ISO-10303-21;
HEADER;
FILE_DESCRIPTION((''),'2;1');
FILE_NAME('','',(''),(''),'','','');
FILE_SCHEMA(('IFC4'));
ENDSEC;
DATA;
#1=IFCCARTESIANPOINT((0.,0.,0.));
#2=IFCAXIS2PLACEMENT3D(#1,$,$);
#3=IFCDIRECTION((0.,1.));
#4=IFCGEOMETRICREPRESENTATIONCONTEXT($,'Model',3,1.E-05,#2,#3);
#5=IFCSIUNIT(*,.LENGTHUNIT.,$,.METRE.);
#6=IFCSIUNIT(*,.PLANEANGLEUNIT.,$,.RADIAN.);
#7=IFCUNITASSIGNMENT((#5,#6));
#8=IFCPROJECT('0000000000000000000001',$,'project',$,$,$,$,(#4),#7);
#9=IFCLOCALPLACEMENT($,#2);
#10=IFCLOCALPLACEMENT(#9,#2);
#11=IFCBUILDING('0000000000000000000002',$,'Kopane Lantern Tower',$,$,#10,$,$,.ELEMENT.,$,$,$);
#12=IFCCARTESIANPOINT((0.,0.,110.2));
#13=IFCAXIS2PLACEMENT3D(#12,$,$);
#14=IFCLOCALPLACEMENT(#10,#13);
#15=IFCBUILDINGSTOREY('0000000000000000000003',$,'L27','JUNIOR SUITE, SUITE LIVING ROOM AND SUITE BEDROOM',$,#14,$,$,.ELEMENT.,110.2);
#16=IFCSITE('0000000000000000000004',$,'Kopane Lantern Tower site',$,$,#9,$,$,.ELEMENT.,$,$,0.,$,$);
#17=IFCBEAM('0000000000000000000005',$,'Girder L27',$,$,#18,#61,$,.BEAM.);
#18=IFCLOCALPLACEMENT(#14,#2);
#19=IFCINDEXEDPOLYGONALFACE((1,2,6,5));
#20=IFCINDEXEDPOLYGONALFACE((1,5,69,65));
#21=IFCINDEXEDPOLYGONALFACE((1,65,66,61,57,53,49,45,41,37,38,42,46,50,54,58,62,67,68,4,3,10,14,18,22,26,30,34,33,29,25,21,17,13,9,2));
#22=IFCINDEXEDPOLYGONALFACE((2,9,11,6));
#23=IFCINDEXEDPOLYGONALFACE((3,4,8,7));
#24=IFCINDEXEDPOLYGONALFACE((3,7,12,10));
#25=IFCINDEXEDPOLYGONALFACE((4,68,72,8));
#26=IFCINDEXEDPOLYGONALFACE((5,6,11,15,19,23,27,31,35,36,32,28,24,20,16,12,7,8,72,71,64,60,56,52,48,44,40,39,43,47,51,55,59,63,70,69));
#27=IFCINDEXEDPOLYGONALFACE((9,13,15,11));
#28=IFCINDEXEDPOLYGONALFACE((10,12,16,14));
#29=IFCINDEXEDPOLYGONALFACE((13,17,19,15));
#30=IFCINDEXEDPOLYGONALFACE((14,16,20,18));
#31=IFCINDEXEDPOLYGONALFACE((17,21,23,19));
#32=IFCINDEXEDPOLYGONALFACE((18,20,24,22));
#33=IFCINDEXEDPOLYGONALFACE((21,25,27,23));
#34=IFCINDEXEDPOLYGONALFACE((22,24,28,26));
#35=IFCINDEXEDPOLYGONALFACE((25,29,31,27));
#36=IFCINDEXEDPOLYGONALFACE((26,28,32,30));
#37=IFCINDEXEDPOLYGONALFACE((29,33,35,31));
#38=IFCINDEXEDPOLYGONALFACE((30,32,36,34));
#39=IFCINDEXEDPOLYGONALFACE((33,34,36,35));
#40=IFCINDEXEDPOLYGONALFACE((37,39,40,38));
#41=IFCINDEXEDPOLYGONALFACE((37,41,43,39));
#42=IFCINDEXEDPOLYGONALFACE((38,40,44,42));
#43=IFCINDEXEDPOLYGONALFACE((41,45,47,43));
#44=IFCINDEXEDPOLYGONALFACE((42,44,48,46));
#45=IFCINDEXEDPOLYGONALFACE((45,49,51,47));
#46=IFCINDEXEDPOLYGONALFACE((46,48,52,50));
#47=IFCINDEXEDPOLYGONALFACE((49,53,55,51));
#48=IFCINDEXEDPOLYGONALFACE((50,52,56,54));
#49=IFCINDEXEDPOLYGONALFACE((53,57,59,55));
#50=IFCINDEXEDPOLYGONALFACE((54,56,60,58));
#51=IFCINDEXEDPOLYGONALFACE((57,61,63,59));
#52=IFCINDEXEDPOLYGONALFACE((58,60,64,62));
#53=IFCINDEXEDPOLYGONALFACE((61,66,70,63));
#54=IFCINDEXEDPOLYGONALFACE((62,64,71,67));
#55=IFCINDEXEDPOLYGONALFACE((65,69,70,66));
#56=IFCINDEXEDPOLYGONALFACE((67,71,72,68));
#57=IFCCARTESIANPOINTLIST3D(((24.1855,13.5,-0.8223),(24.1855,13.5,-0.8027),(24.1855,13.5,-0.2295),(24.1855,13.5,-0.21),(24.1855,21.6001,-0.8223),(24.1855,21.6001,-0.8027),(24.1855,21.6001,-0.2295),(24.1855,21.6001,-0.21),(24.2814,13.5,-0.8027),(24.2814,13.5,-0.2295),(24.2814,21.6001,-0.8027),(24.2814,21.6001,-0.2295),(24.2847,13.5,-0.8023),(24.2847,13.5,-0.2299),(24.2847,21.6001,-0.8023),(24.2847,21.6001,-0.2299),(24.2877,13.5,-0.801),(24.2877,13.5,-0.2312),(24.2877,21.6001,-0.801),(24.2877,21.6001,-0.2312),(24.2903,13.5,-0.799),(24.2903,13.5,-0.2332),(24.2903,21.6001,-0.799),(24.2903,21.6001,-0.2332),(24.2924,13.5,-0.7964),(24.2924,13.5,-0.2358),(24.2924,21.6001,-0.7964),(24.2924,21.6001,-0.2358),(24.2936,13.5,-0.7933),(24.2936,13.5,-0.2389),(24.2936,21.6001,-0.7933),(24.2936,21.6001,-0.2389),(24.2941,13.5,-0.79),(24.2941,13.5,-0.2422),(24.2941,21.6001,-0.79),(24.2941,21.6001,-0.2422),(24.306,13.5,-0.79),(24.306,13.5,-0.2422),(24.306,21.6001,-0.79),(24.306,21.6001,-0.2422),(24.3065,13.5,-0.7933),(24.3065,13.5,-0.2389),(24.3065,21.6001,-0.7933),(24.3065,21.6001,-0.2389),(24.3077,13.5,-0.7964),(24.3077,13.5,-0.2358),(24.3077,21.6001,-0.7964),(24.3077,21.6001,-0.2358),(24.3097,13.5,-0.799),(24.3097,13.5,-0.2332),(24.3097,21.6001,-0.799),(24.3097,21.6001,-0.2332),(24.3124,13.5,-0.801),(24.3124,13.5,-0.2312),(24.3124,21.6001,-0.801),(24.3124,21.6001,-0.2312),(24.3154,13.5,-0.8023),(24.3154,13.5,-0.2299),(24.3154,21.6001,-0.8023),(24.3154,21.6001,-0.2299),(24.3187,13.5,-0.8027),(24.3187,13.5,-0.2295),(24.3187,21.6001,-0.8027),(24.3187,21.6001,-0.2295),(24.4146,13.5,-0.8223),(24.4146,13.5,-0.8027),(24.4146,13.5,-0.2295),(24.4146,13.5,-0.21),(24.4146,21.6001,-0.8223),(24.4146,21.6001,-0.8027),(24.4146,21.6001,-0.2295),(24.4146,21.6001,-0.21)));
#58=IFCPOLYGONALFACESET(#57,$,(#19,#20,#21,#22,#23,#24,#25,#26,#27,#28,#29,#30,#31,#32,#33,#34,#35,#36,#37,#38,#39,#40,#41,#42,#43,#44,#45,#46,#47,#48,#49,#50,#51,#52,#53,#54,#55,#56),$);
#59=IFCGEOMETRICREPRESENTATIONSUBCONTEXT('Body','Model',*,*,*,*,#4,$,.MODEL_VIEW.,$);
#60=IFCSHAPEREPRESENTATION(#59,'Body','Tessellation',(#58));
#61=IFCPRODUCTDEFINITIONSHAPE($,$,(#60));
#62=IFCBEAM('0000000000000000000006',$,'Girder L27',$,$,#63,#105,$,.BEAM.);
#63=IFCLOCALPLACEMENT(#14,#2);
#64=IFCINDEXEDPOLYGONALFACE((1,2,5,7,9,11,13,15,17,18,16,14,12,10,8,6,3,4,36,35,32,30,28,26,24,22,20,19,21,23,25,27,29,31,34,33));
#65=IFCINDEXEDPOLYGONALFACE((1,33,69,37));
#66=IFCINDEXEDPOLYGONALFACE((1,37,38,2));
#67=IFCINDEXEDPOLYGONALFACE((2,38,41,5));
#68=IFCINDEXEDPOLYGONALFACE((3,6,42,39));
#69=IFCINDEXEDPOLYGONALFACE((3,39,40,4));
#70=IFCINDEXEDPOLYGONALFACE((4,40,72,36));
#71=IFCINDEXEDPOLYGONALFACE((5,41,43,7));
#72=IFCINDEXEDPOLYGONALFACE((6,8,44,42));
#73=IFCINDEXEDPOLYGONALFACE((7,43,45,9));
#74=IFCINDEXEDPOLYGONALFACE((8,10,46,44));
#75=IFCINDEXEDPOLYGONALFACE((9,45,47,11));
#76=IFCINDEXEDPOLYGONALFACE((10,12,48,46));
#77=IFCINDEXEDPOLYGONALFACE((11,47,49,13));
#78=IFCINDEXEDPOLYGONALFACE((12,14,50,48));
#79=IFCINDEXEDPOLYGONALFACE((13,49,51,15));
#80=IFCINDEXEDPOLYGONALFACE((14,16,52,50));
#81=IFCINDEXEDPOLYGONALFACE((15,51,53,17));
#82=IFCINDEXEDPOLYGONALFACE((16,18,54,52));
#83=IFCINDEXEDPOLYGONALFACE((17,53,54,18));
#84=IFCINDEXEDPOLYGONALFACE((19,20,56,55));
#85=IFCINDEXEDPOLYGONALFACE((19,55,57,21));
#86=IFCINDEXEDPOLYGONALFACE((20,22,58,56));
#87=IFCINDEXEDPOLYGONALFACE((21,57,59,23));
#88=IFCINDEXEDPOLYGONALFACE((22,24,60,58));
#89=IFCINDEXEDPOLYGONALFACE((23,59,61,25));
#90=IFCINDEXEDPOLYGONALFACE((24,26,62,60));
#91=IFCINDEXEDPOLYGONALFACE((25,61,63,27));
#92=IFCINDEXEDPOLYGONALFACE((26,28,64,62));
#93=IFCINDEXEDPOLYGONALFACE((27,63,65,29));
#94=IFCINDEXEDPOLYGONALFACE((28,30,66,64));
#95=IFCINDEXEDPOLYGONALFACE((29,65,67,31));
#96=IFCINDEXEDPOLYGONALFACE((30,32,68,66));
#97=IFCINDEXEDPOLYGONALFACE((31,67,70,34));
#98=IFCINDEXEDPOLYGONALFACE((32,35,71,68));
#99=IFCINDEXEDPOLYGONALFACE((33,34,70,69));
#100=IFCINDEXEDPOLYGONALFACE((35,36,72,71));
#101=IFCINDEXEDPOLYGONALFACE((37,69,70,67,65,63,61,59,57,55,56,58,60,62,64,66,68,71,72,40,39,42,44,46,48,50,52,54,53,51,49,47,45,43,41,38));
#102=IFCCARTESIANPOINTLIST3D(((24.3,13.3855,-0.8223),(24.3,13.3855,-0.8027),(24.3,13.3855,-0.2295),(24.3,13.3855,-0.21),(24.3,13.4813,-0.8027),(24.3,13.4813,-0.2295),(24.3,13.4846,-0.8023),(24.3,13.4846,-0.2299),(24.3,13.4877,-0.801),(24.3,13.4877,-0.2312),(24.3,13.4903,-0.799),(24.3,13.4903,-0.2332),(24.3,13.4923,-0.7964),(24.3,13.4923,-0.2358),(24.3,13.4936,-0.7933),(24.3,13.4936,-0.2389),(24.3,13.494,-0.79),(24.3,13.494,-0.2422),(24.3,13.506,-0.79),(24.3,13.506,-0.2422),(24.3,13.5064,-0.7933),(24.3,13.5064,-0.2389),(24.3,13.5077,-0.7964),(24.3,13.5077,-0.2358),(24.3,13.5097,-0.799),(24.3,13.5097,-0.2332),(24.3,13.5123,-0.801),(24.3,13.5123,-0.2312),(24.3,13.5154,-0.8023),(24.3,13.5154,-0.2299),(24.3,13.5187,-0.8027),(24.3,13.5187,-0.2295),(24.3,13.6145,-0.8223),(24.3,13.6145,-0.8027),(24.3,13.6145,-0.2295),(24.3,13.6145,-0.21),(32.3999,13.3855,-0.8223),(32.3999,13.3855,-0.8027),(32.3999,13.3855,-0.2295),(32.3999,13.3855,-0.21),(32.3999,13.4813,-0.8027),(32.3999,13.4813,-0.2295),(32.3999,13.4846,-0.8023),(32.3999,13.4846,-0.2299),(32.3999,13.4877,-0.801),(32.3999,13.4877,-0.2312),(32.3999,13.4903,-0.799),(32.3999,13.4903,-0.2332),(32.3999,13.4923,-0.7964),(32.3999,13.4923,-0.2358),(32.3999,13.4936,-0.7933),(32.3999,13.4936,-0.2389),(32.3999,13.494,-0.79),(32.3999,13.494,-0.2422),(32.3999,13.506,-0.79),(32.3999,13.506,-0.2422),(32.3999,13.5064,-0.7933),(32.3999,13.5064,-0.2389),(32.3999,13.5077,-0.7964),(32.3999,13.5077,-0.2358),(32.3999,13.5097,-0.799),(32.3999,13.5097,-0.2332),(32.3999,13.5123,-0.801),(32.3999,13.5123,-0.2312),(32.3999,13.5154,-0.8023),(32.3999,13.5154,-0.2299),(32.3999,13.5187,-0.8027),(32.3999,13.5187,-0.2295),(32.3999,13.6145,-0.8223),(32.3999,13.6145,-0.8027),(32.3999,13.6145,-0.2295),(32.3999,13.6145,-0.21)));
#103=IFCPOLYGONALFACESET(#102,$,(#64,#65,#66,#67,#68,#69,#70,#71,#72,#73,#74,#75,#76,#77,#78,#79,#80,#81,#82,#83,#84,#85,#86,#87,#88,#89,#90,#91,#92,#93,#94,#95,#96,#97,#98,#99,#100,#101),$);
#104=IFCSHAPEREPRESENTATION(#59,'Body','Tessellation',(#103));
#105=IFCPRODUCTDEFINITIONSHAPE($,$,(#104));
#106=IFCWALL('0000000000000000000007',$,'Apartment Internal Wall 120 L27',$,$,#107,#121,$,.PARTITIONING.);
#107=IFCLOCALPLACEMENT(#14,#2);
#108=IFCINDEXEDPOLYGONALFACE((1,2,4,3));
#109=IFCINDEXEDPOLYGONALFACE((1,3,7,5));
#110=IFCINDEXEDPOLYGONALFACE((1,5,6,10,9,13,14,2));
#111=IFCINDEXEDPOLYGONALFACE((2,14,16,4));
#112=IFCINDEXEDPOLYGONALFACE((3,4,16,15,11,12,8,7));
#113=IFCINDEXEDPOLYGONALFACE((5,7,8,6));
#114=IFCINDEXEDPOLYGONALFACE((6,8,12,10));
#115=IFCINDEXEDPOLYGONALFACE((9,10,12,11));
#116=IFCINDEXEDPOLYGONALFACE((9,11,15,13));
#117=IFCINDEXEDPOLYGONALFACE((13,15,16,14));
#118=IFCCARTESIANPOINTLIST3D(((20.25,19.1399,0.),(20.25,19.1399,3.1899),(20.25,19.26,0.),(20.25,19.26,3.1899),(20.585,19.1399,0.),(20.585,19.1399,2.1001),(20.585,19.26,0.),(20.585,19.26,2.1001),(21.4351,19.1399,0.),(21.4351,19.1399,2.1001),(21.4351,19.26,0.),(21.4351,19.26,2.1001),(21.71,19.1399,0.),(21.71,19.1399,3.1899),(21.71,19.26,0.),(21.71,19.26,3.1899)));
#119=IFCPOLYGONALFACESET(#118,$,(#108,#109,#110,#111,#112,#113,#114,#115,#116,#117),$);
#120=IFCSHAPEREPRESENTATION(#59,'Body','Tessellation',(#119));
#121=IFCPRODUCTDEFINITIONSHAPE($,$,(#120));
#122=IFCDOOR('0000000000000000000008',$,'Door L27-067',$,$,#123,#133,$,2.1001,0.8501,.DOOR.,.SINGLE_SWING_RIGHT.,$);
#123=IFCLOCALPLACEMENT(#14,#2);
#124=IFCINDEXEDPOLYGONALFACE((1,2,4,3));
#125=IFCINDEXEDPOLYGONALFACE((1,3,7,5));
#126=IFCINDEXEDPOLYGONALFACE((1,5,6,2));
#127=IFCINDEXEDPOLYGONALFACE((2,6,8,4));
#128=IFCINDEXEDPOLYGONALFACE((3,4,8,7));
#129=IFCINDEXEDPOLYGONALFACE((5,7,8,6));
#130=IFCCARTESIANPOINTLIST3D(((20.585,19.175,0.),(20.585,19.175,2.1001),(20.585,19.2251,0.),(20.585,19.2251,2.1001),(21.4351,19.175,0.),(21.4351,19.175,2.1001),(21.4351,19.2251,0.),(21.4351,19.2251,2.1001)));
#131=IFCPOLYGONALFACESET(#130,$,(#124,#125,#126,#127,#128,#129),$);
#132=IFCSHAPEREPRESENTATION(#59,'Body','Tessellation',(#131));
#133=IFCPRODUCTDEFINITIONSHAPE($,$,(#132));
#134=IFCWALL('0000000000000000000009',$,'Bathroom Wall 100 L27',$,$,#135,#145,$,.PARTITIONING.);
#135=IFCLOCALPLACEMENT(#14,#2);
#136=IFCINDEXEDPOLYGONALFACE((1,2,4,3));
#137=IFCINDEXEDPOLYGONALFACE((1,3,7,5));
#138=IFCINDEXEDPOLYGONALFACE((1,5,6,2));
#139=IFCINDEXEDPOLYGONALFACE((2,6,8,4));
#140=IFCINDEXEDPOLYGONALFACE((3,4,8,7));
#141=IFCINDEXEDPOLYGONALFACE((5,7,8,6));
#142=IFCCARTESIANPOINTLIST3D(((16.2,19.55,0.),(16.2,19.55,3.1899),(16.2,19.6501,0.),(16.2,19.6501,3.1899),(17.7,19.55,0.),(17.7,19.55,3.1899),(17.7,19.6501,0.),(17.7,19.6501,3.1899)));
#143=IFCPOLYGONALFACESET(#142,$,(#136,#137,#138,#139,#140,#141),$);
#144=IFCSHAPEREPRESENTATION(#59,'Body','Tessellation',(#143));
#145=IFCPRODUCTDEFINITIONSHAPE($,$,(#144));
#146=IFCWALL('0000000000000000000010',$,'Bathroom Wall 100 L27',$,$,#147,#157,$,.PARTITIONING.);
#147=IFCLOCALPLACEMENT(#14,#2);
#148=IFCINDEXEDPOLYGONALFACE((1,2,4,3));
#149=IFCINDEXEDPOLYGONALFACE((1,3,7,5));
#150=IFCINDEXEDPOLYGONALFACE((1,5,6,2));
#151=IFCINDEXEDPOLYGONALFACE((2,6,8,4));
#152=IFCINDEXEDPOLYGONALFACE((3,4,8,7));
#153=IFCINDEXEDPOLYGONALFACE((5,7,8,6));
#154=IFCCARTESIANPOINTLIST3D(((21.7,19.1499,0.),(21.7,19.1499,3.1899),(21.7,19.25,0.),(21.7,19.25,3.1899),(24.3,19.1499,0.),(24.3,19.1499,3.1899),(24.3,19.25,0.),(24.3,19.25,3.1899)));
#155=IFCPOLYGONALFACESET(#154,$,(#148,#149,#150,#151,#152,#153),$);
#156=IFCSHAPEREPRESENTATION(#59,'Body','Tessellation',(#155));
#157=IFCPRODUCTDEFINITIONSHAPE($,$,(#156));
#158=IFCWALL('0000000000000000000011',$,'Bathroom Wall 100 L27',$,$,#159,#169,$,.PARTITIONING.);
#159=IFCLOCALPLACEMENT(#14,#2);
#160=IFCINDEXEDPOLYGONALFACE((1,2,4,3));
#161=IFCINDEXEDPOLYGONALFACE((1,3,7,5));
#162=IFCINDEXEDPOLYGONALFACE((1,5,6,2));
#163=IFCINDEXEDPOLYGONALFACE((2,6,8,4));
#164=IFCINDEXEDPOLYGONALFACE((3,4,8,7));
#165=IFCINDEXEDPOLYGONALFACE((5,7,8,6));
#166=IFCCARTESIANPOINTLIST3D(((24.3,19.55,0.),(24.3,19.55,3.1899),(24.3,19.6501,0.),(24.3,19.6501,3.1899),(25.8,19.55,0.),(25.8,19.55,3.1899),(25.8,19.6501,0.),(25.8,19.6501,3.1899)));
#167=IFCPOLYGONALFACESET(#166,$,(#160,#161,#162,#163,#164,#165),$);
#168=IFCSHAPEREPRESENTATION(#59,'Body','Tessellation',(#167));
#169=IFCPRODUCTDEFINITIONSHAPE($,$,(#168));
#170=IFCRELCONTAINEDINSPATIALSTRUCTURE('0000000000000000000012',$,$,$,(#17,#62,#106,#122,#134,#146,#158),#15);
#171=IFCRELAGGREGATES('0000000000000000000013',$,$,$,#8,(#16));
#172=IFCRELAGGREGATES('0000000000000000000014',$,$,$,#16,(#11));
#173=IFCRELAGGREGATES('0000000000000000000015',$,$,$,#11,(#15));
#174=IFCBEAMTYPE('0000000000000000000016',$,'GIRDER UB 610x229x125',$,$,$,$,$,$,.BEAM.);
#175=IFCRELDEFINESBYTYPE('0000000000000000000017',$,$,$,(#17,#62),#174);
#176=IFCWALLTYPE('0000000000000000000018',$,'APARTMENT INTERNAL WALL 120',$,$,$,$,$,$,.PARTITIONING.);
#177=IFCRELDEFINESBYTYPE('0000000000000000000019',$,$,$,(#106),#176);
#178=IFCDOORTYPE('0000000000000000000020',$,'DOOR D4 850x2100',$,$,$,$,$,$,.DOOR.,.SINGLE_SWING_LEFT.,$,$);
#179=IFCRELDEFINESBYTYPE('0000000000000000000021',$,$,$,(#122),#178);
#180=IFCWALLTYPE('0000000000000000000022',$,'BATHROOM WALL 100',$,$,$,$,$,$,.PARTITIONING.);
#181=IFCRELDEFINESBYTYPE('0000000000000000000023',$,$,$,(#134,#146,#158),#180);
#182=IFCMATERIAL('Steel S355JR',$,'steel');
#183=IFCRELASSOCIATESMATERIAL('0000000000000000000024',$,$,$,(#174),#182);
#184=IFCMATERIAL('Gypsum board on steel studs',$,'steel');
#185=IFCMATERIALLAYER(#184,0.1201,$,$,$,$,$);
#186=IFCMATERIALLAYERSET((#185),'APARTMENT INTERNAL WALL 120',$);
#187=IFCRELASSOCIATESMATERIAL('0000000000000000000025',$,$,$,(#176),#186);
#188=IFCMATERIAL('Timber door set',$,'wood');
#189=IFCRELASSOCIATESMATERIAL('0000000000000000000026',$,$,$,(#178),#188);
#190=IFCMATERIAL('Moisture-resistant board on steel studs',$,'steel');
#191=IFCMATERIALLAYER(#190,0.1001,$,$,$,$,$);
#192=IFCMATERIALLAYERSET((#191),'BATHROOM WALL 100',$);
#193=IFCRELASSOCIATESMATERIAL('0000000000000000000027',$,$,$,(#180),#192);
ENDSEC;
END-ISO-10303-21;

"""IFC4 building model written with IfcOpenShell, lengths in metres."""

from ifc_helpers import new_model, si_unit, direction, frame, frame_2d, origin, origin_2d, place, context, subcontext, project, spatial, rectangle, i_section, extrude, material, layer, layer_set, material_profile, profile_set, type_object, element, fill, save


model = new_model("IFC4")

# Units and contexts
model_context = context("Model", 3, precision=1e-05, world=origin(), true_north=direction((0.0, 1.0)))
body_context = subcontext(model_context, "Body", "Model", "MODEL_VIEW")
ifc_project = project(units=[si_unit("LENGTHUNIT", "METRE"), si_unit("PLANEANGLEUNIT", "RADIAN")], contexts=[model_context])

# Site, building, storey
site_placement = place(None, origin())
site = spatial("IfcSite", under=ifc_project, at=site_placement, Name="Kopane Lantern Tower site", CompositionType="ELEMENT", RefElevation=0.0)
building_placement = place(site_placement, origin())
building = spatial("IfcBuilding", under=site, at=building_placement, Name="Kopane Lantern Tower", CompositionType="ELEMENT")
storey_placement = place(building_placement, frame((0.0, 0.0, 110.2)))
storey = spatial("IfcBuildingStorey", under=building, at=storey_placement, Name="L27", Description="JUNIOR SUITE, SUITE LIVING ROOM AND SUITE BEDROOM", CompositionType="ELEMENT", Elevation=110.2)

# Beams
ifc_material_1 = material(Name="Steel S355JR", Category="steel")
ifc_material_profile_1 = material_profile(ifc_material_1, i_section(OverallWidth=0.229, OverallDepth=0.6123, WebThickness=0.012, FlangeThickness=0.0195, FilletRadius=0.0127, at=origin_2d()), Name="UB 610x229x125")
ifc_profile_set_1 = profile_set([ifc_material_profile_1], Name="Steel S355JR")
beam_type = type_object("IfcBeamType", Name="GIRDER UB 610x229x125", PredefinedType="BEAM", material=ifc_profile_set_1)
beam_1_placement = place(storey_placement, frame((24.3, 13.5, -0.5161), z_axis=(0.0, 1.0, 0.0), x_axis=(-1.0, 0.0, 0.0)))
element("IfcBeam", 1, at=beam_1_placement, inside=storey, type_object=beam_type, Name="Girder L27", PredefinedType="BEAM", context=body_context, shape_type="SweptSolid", body=[
    extrude(i_section(OverallWidth=0.229, OverallDepth=0.6123, WebThickness=0.012, FlangeThickness=0.0195, FilletRadius=0.0127, at=origin_2d()), origin(), (0.0, 0.0, 1.0), 8.1001),
])
beam_2_placement = place(storey_placement, frame((24.3, 13.5, -0.5161), z_axis=(1.0, 0.0, 0.0), x_axis=(0.0, 1.0, 0.0)))
element("IfcBeam", 2, at=beam_2_placement, inside=storey, type_object=beam_type, Name="Girder L27", PredefinedType="BEAM", context=body_context, shape_type="SweptSolid", body=[
    extrude(i_section(OverallWidth=0.229, OverallDepth=0.6123, WebThickness=0.012, FlangeThickness=0.0195, FilletRadius=0.0127, at=origin_2d()), origin(), (0.0, 0.0, 1.0), 8.0999),
])

# Wall, opening, door
ifc_material_2 = material(Name="Gypsum board on steel studs", Category="steel")
ifc_layer_1 = layer(ifc_material_2, 0.1201)
ifc_layer_set_1 = layer_set([ifc_layer_1], Name="APARTMENT INTERNAL WALL 120")
wall_type_1 = type_object("IfcWallType", Name="APARTMENT INTERNAL WALL 120", PredefinedType="PARTITIONING", material=ifc_layer_set_1)
wall_1_placement = place(storey_placement, frame((21.71, 19.2, 0.0), z_axis=(0.0, 0.0, 1.0), x_axis=(-1.0, 0.0, 0.0)))
wall_1 = element("IfcWall", 3, at=wall_1_placement, inside=storey, type_object=wall_type_1, Name="Apartment Internal Wall 120 L27", PredefinedType="PARTITIONING", context=body_context, shape_type="SweptSolid", body=[
    extrude(rectangle(XDim=1.46, YDim=0.1201, at=frame_2d((0.73, 0.0))), origin(), (0.0, 0.0, 1.0), 3.1899),
])
opening_placement = place(wall_1_placement, frame((0.2749, 0.0, 0.0)))
opening = element("IfcOpeningElement", 4, at=opening_placement, cuts=wall_1, PredefinedType="OPENING", context=body_context, shape_type="SweptSolid", body=[
    extrude(rectangle(XDim=0.8501, YDim=2.1001, at=frame_2d((0.425, 1.05))), frame((0.0, 0.0701, 0.0), z_axis=(0.0, -1.0, 0.0), x_axis=(1.0, 0.0, 0.0)), (0.0, 0.0, 1.0), 0.1401),
])
ifc_material_3 = material(Name="Timber door set", Category="wood")
door_type = type_object("IfcDoorType", Name="DOOR D4 850x2100", OperationType="SINGLE_SWING_LEFT", PredefinedType="DOOR", material=ifc_material_3)
door_placement = place(opening_placement, origin())
door = element("IfcDoor", 5, at=door_placement, inside=storey, type_object=door_type, Name="Door L27-067", OperationType="SINGLE_SWING_RIGHT", OverallHeight=2.1001, OverallWidth=0.8501, PredefinedType="DOOR", context=body_context, shape_type="SweptSolid", body=[
    extrude(rectangle(XDim=0.8501, YDim=2.1001, at=frame_2d((0.425, 1.05))), frame((0.0, 0.0249, 0.0), z_axis=(0.0, -1.0, 0.0), x_axis=(1.0, 0.0, 0.0)), (0.0, 0.0, 1.0), 0.05),
])
fill(opening, door)

# Walls
ifc_material_4 = material(Name="Moisture-resistant board on steel studs", Category="steel")
ifc_layer_2 = layer(ifc_material_4, 0.1001)
ifc_layer_set_2 = layer_set([ifc_layer_2], Name="BATHROOM WALL 100")
wall_type_2 = type_object("IfcWallType", Name="BATHROOM WALL 100", PredefinedType="PARTITIONING", material=ifc_layer_set_2)
wall_2_placement = place(storey_placement, frame((16.2, 19.6001, 0.0), z_axis=(0.0, 0.0, 1.0), x_axis=(1.0, 0.0, 0.0)))
element("IfcWall", 6, at=wall_2_placement, inside=storey, type_object=wall_type_2, Name="Bathroom Wall 100 L27", PredefinedType="PARTITIONING", context=body_context, shape_type="SweptSolid", body=[
    extrude(rectangle(XDim=1.5, YDim=0.1001, at=frame_2d((0.75, 0.0))), origin(), (0.0, 0.0, 1.0), 3.1899),
])
wall_3_placement = place(storey_placement, frame((21.7, 19.2, 0.0), z_axis=(0.0, 0.0, 1.0), x_axis=(1.0, 0.0, 0.0)))
element("IfcWall", 7, at=wall_3_placement, inside=storey, type_object=wall_type_2, Name="Bathroom Wall 100 L27", PredefinedType="PARTITIONING", context=body_context, shape_type="SweptSolid", body=[
    extrude(rectangle(XDim=2.6001, YDim=0.1001, at=frame_2d((1.3, 0.0))), origin(), (0.0, 0.0, 1.0), 3.1899),
])
wall_4_placement = place(storey_placement, frame((24.3, 19.6001, 0.0), z_axis=(0.0, 0.0, 1.0), x_axis=(1.0, 0.0, 0.0)))
element("IfcWall", 8, at=wall_4_placement, inside=storey, type_object=wall_type_2, Name="Bathroom Wall 100 L27", PredefinedType="PARTITIONING", context=body_context, shape_type="SweptSolid", body=[
    extrude(rectangle(XDim=1.5, YDim=0.1001, at=frame_2d((0.75, 0.0))), origin(), (0.0, 0.0, 1.0), 3.1899),
])

save(model, "model.ifc")
